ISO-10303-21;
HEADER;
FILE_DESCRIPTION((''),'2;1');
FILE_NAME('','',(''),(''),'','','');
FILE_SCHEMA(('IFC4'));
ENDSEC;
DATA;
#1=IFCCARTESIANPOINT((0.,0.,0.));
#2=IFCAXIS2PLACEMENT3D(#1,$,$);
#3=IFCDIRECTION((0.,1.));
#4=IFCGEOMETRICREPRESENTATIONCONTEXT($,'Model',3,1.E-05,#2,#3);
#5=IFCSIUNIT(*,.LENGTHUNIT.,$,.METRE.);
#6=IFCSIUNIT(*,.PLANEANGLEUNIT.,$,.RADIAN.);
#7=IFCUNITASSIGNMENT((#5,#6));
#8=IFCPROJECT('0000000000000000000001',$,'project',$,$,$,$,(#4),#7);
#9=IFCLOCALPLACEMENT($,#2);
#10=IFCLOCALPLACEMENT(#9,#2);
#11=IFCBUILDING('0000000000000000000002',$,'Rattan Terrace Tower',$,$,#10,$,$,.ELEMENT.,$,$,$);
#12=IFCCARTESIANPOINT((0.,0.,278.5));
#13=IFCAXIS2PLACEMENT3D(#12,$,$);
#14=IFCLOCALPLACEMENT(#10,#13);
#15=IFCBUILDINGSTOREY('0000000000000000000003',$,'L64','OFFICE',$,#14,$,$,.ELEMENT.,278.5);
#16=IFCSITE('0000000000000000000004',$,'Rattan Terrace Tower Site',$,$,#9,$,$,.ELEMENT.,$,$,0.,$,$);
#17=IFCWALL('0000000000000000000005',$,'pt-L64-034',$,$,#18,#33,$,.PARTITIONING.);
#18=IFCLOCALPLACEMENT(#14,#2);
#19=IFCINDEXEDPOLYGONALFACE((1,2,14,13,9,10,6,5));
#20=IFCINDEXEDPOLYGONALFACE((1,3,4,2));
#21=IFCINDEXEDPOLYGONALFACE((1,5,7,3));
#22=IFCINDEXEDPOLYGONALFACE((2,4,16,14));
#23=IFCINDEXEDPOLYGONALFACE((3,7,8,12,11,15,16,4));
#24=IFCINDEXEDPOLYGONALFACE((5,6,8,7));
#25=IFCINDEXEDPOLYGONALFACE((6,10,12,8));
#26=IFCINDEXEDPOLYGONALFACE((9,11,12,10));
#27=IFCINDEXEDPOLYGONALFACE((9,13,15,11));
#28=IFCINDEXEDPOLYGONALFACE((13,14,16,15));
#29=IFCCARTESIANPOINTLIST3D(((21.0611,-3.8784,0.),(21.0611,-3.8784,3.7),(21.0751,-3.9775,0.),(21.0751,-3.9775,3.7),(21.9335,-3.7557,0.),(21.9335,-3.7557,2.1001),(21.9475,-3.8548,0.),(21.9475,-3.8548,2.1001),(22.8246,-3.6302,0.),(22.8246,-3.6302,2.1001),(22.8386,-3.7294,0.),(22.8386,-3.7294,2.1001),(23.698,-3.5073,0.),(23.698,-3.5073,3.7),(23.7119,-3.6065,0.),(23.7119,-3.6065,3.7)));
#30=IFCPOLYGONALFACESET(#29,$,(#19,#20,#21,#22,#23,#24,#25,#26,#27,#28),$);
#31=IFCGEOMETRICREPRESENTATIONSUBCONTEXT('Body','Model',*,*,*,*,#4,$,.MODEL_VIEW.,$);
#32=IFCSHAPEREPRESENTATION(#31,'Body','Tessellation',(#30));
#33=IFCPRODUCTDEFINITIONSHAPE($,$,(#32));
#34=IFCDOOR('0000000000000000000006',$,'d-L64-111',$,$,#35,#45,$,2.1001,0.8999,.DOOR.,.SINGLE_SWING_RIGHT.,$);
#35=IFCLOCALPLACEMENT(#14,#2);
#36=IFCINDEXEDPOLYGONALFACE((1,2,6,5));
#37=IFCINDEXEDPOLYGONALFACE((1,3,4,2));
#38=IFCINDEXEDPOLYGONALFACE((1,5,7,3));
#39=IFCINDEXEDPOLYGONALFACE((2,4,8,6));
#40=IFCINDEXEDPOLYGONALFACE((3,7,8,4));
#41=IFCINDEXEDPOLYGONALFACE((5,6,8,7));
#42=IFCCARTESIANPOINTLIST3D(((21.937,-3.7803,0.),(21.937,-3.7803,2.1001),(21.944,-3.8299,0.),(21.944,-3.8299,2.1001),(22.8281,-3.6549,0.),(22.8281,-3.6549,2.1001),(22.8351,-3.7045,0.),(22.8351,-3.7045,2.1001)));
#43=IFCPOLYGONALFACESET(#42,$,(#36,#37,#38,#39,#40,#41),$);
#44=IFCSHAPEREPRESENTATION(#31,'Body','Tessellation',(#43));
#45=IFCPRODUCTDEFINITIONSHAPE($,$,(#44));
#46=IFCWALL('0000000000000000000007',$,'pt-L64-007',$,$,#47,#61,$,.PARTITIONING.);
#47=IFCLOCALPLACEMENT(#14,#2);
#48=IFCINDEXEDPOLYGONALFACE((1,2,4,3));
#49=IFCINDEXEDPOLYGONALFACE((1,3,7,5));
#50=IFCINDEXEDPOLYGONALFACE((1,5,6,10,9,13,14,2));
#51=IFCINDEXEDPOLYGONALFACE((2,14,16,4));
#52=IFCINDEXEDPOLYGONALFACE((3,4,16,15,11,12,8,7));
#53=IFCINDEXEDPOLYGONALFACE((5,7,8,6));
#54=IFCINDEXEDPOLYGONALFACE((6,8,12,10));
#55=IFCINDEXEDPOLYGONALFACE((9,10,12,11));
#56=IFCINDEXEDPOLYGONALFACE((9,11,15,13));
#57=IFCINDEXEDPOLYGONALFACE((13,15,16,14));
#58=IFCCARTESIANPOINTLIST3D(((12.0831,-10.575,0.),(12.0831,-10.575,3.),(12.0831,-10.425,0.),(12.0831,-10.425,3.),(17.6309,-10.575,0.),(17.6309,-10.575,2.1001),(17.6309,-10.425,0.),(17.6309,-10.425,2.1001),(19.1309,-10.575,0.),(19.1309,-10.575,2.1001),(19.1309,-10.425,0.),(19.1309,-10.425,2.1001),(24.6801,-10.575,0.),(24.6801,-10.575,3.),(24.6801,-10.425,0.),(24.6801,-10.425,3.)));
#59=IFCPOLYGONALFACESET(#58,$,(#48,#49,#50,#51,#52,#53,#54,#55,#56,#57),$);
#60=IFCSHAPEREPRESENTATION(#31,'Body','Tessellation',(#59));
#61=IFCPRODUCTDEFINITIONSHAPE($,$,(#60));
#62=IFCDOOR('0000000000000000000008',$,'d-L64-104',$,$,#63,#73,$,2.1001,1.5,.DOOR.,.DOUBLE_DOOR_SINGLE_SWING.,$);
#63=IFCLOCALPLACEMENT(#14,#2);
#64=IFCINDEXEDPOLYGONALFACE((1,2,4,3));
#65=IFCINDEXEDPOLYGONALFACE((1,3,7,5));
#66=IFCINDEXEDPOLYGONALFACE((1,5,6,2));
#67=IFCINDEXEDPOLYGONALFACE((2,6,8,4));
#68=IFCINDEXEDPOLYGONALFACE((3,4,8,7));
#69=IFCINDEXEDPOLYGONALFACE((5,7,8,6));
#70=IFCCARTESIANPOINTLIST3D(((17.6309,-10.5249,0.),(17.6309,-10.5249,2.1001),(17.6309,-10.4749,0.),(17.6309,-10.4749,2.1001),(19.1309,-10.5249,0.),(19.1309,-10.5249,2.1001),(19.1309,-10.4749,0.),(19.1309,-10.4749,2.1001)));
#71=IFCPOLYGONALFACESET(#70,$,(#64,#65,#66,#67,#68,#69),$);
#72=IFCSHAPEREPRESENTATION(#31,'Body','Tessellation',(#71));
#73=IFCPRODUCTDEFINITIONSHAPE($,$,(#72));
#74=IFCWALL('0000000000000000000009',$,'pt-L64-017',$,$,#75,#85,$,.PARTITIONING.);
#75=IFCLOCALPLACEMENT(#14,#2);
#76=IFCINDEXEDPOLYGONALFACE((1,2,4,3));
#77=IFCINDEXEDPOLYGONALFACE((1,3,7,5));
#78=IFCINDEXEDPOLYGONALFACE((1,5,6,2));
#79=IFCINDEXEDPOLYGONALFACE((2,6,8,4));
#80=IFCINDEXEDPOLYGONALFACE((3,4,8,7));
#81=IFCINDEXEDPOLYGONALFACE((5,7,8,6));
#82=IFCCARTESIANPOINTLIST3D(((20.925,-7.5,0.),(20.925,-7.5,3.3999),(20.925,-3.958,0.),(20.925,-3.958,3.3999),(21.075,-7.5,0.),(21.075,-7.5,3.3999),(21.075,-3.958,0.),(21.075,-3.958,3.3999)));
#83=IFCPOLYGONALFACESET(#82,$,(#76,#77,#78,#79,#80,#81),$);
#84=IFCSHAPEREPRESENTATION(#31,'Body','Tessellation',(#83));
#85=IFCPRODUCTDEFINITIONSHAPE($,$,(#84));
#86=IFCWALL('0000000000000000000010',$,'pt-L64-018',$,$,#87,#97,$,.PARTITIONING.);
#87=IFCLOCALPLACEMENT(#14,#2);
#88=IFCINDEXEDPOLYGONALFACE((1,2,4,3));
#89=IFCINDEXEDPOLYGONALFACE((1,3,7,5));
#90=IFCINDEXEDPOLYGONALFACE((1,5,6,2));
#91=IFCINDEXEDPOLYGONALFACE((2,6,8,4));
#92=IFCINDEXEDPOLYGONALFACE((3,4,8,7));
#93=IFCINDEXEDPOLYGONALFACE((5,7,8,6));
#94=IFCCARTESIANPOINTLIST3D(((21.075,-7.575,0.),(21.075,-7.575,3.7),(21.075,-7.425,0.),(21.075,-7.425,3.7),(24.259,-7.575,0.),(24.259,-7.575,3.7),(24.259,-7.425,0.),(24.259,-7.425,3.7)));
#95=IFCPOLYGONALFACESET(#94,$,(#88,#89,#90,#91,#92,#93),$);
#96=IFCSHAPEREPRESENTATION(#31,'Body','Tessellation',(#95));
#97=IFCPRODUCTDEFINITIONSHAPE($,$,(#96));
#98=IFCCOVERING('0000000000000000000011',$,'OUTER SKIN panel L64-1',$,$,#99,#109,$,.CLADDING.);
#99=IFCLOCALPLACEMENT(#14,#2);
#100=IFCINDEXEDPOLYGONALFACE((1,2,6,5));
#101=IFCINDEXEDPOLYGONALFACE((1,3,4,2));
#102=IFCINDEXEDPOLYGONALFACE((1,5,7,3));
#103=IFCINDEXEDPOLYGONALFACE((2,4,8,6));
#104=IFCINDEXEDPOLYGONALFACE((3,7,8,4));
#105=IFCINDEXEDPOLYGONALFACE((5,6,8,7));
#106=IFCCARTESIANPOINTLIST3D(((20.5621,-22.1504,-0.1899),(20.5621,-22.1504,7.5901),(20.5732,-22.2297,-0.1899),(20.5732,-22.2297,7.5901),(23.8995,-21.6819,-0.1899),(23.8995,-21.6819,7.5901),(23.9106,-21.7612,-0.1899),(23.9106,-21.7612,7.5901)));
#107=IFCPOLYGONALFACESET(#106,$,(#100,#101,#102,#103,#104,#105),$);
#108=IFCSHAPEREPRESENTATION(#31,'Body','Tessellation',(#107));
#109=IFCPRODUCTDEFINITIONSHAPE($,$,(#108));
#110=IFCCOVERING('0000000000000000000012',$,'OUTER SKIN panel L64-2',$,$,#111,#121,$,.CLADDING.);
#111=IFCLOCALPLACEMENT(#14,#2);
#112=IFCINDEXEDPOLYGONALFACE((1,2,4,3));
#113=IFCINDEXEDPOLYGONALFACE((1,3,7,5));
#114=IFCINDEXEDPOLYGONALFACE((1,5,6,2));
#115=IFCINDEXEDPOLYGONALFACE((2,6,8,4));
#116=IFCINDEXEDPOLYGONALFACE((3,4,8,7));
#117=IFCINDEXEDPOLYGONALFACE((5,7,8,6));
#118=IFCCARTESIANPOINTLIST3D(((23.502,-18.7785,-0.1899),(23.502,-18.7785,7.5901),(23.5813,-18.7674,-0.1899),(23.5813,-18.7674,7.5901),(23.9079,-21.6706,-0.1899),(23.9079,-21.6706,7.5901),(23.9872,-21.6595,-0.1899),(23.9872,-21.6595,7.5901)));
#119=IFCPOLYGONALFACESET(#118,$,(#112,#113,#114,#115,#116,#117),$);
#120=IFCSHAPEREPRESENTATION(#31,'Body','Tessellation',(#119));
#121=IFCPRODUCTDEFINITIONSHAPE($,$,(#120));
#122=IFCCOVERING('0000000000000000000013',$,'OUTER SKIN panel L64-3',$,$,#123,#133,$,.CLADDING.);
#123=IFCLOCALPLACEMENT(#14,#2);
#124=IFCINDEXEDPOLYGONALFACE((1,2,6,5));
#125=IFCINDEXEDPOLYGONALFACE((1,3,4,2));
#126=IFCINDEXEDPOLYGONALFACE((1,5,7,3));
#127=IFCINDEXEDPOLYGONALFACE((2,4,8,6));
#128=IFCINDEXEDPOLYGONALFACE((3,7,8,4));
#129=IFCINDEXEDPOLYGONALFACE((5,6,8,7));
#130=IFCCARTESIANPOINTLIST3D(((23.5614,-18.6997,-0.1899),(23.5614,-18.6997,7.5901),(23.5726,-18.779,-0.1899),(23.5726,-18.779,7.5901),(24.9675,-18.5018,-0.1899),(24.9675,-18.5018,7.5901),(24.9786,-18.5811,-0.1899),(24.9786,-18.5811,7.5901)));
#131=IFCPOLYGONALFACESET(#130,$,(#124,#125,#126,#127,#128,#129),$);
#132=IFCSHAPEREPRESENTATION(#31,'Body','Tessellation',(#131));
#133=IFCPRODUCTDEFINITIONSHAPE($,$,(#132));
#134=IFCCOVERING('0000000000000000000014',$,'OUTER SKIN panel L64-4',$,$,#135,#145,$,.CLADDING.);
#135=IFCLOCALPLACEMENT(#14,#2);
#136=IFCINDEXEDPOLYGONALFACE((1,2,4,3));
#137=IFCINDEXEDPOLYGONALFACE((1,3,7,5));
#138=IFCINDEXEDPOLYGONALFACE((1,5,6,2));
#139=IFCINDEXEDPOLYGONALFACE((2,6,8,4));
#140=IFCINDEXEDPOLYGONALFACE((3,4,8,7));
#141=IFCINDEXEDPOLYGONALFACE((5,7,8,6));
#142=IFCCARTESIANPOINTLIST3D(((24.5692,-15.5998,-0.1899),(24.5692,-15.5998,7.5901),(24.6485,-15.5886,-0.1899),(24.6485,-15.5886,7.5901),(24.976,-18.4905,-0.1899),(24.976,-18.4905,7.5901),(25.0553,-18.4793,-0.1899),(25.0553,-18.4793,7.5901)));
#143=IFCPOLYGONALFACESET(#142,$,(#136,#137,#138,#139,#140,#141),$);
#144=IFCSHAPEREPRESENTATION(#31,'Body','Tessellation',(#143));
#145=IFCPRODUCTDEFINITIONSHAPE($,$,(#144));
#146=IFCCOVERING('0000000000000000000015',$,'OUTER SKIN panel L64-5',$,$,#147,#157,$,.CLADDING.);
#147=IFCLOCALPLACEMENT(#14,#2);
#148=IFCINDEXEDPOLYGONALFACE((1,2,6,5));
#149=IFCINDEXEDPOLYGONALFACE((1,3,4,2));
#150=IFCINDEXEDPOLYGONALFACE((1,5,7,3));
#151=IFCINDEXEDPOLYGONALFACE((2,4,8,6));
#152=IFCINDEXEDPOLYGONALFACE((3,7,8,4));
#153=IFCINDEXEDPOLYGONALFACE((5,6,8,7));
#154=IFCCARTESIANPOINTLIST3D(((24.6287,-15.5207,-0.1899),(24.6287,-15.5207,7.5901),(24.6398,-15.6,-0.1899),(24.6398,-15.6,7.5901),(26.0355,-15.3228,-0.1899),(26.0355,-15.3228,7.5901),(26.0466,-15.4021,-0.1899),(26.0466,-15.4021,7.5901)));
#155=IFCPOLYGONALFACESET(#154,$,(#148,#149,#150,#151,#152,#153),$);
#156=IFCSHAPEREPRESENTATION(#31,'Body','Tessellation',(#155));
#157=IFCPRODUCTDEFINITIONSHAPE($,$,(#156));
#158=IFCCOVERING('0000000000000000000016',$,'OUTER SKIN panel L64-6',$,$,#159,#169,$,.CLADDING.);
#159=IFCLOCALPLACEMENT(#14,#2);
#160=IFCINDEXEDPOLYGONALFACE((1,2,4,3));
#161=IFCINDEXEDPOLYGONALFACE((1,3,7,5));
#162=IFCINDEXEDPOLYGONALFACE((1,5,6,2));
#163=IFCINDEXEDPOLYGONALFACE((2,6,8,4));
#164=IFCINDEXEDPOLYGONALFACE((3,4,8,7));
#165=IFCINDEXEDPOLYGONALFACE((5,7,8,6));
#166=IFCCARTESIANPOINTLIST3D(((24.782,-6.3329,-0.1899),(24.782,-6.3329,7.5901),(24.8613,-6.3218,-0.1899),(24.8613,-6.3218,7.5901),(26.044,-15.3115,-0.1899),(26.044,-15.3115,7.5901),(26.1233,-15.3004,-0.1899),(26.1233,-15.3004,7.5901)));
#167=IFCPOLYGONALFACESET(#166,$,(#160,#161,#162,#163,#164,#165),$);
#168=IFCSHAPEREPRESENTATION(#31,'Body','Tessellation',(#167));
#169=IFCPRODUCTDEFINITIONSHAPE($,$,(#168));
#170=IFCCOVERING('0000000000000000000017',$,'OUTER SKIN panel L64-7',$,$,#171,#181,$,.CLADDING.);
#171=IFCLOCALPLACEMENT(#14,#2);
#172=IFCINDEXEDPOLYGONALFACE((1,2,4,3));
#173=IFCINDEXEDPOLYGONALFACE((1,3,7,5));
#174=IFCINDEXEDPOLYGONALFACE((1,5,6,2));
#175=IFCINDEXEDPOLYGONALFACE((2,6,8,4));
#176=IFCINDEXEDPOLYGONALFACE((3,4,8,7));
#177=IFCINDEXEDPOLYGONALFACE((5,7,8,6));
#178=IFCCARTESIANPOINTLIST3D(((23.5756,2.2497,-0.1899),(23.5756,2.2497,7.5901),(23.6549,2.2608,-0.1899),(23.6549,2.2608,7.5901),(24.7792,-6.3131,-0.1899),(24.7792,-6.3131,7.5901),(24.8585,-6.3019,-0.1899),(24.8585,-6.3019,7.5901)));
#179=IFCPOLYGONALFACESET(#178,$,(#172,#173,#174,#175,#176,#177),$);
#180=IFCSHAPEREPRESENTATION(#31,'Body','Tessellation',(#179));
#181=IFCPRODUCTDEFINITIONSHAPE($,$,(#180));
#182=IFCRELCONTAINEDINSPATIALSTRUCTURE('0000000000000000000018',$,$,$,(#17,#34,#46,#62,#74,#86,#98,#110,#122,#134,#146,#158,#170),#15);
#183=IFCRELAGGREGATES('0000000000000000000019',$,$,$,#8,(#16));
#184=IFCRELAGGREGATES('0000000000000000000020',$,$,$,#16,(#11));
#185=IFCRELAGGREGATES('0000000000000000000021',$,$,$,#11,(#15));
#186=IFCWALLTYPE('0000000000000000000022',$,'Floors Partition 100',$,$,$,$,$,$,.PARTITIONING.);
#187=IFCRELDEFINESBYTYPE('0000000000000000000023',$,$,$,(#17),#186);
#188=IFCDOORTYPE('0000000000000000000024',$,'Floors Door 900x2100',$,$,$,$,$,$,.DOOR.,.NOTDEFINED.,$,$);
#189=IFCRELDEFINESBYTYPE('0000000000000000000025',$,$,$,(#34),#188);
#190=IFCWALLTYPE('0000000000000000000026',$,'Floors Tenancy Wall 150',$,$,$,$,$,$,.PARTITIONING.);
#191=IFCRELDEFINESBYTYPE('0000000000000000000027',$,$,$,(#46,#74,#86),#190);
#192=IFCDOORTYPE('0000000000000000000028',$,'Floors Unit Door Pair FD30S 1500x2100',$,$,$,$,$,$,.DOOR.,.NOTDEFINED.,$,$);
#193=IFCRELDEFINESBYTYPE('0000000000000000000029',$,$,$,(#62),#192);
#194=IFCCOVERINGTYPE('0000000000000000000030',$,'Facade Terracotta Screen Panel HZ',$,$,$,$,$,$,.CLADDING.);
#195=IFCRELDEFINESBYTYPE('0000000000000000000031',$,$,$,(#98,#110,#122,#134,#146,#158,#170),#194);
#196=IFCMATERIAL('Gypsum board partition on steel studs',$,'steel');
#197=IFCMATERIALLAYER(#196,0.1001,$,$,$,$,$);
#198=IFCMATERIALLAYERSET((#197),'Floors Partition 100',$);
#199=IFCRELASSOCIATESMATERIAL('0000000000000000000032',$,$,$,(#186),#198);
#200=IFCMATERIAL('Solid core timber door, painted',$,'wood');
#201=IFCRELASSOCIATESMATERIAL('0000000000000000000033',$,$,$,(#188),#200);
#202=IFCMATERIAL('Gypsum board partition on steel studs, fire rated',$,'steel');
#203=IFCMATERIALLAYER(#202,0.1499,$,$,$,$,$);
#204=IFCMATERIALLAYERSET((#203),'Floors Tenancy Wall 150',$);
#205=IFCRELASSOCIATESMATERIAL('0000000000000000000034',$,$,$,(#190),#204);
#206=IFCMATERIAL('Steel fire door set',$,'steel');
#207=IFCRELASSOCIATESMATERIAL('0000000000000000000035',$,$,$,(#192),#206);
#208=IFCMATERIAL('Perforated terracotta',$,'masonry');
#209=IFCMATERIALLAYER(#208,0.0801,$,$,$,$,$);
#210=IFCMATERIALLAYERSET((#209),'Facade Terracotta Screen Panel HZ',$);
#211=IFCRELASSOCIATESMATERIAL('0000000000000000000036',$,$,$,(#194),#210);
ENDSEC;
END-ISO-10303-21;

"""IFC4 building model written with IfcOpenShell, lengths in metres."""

from ifc_helpers import new_model, si_unit, direction, frame, frame_2d, origin, origin_2d, place, context, subcontext, project, spatial, rectangle, extrude, material, layer, layer_set, type_object, element, fill, save


model = new_model("IFC4")

# Units and contexts
model_context = context("Model", 3, precision=1e-05, world=origin(), true_north=direction((0.0, 1.0)))
body_context = subcontext(model_context, "Body", "Model", "MODEL_VIEW")
ifc_project = project(units=[si_unit("LENGTHUNIT", "METRE"), si_unit("PLANEANGLEUNIT", "RADIAN")], contexts=[model_context])

# Site, building, storey
site_placement = place(None, origin())
site = spatial("IfcSite", under=ifc_project, at=site_placement, Name="Rattan Terrace Tower Site", CompositionType="ELEMENT", RefElevation=0.0)
building_placement = place(site_placement, origin())
building = spatial("IfcBuilding", under=site, at=building_placement, Name="Rattan Terrace Tower", CompositionType="ELEMENT")
storey_placement = place(building_placement, frame((0.0, 0.0, 278.5)))
storey = spatial("IfcBuildingStorey", under=building, at=storey_placement, Name="L64", Description="OFFICE", CompositionType="ELEMENT", Elevation=278.5)

# Walls, openings, doors
ifc_material_1 = material(Name="Gypsum board partition on steel studs", Category="steel")
ifc_layer_1 = layer(ifc_material_1, 0.1001)
ifc_layer_set_1 = layer_set([ifc_layer_1], Name="Floors Partition 100")
wall_type_1 = type_object("IfcWallType", Name="Floors Partition 100", PredefinedType="PARTITIONING", material=ifc_layer_set_1)
wall_1_placement = place(storey_placement, frame((23.7051, -3.5569, 0.0), z_axis=(0.0, 0.0, 1.0), x_axis=(-0.990243, -0.139355, 0.0)))
wall_1 = element("IfcWall", 1, at=wall_1_placement, inside=storey, type_object=wall_type_1, Name="pt-L64-034", PredefinedType="PARTITIONING", context=body_context, shape_type="SweptSolid", body=[
    extrude(rectangle(XDim=2.6628, YDim=0.1001, at=frame_2d((1.3315, 0.0))), origin(), (0.0, 0.0, 1.0), 3.7),
])
opening_1_placement = place(wall_1_placement, frame((0.8821, 0.0, 0.0)))
opening_1 = element("IfcOpeningElement", 2, at=opening_1_placement, cuts=wall_1, PredefinedType="OPENING", context=body_context, shape_type="SweptSolid", body=[
    extrude(rectangle(XDim=0.8999, YDim=2.1001, at=frame_2d((0.45, 1.05))), frame((0.0, 0.0605, 0.0), z_axis=(0.0, -1.0, 0.0), x_axis=(1.0, 0.0, 0.0)), (0.0, 0.0, 1.0), 0.1211),
])
ifc_material_2 = material(Name="Solid core timber door, painted", Category="wood")
door_type_1 = type_object("IfcDoorType", Name="Floors Door 900x2100", OperationType="NOTDEFINED", PredefinedType="DOOR", material=ifc_material_2)
door_1_placement = place(opening_1_placement, origin())
door_1 = element("IfcDoor", 3, at=door_1_placement, inside=storey, type_object=door_type_1, Name="d-L64-111", OperationType="SINGLE_SWING_RIGHT", OverallHeight=2.1001, OverallWidth=0.8999, PredefinedType="DOOR", context=body_context, shape_type="SweptSolid", body=[
    extrude(rectangle(XDim=0.8999, YDim=2.1001, at=frame_2d((0.45, 1.05))), frame((0.0, 0.0249, 0.0), z_axis=(0.0, -1.0, 0.0), x_axis=(1.0, 0.0, 0.0)), (0.0, 0.0, 1.0), 0.05),
])
fill(opening_1, door_1)
ifc_material_3 = material(Name="Gypsum board partition on steel studs, fire rated", Category="steel")
ifc_layer_2 = layer(ifc_material_3, 0.1499)
ifc_layer_set_2 = layer_set([ifc_layer_2], Name="Floors Tenancy Wall 150")
wall_type_2 = type_object("IfcWallType", Name="Floors Tenancy Wall 150", PredefinedType="PARTITIONING", material=ifc_layer_set_2)
wall_2_placement = place(storey_placement, frame((24.6799, -10.5, 0.0), z_axis=(0.0, 0.0, 1.0), x_axis=(-1.0, 0.0, 0.0)))
wall_2 = element("IfcWall", 4, at=wall_2_placement, inside=storey, type_object=wall_type_2, Name="pt-L64-007", PredefinedType="PARTITIONING", context=body_context, shape_type="SweptSolid", body=[
    extrude(rectangle(XDim=12.5969, YDim=0.1499, at=frame_2d((6.2983, 0.0))), origin(), (0.0, 0.0, 1.0), 3.0),
])
opening_2_placement = place(wall_2_placement, frame((5.5491, 0.0, 0.0)))
opening_2 = element("IfcOpeningElement", 5, at=opening_2_placement, cuts=wall_2, PredefinedType="OPENING", context=body_context, shape_type="SweptSolid", body=[
    extrude(rectangle(XDim=1.5, YDim=2.1001, at=frame_2d((0.75, 1.05))), frame((0.0, 0.0854, 0.0), z_axis=(0.0, -1.0, 0.0), x_axis=(1.0, 0.0, 0.0)), (0.0, 0.0, 1.0), 0.1709),
])
ifc_material_4 = material(Name="Steel fire door set", Category="steel")
door_type_2 = type_object("IfcDoorType", Name="Floors Unit Door Pair FD30S 1500x2100", OperationType="NOTDEFINED", PredefinedType="DOOR", material=ifc_material_4)
door_2_placement = place(opening_2_placement, origin())
door_2 = element("IfcDoor", 6, at=door_2_placement, inside=storey, type_object=door_type_2, Name="d-L64-104", OperationType="DOUBLE_DOOR_SINGLE_SWING", OverallHeight=2.1001, OverallWidth=1.5, PredefinedType="DOOR", context=body_context, shape_type="SweptSolid", body=[
    extrude(rectangle(XDim=1.5, YDim=2.1001, at=frame_2d((0.75, 1.05))), frame((0.0, 0.0249, 0.0), z_axis=(0.0, -1.0, 0.0), x_axis=(1.0, 0.0, 0.0)), (0.0, 0.0, 1.0), 0.05),
])
fill(opening_2, door_2)

# Walls
wall_3_placement = place(storey_placement, frame((21.0, -3.958, 0.0), z_axis=(0.0, 0.0, 1.0), x_axis=(0.0, -1.0, 0.0)))
element("IfcWall", 7, at=wall_3_placement, inside=storey, type_object=wall_type_2, Name="pt-L64-017", PredefinedType="PARTITIONING", context=body_context, shape_type="SweptSolid", body=[
    extrude(rectangle(XDim=3.542, YDim=0.1499, at=frame_2d((1.771, 0.0))), origin(), (0.0, 0.0, 1.0), 3.3999),
])
wall_4_placement = place(storey_placement, frame((21.075, -7.5, 0.0), z_axis=(0.0, 0.0, 1.0), x_axis=(1.0, 0.0, 0.0)))
element("IfcWall", 8, at=wall_4_placement, inside=storey, type_object=wall_type_2, Name="pt-L64-018", PredefinedType="PARTITIONING", context=body_context, shape_type="SweptSolid", body=[
    extrude(rectangle(XDim=3.1841, YDim=0.1499, at=frame_2d((1.592, 0.0))), origin(), (0.0, 0.0, 1.0), 3.7),
])

# Coverings
ifc_material_5 = material(Name="Perforated terracotta", Category="masonry")
ifc_layer_3 = layer(ifc_material_5, 0.0801)
ifc_layer_set_3 = layer_set([ifc_layer_3], Name="Facade Terracotta Screen Panel HZ")
covering_type = type_object("IfcCoveringType", Name="Facade Terracotta Screen Panel HZ", PredefinedType="CLADDING", material=ifc_layer_set_3)
covering_1_placement = place(storey_placement, frame((22.2363, -21.9558, -0.1899), z_axis=(0.0, 0.0, 1.0), x_axis=(0.990293, 0.138994, 0.0)))
element("IfcCovering", 9, at=covering_1_placement, inside=storey, type_object=covering_type, Name="OUTER SKIN panel L64-1", PredefinedType="CLADDING", context=body_context, shape_type="SweptSolid", body=[
    extrude(rectangle(XDim=3.3701, YDim=0.0801, at=origin_2d()), origin(), (0.0, 0.0, 1.0), 7.78),
])
covering_2_placement = place(storey_placement, frame((23.7446, -20.219, -0.1899), z_axis=(0.0, 0.0, 1.0), x_axis=(-0.138994, 0.990293, 0.0)))
element("IfcCovering", 10, at=covering_2_placement, inside=storey, type_object=covering_type, Name="OUTER SKIN panel L64-2", PredefinedType="CLADDING", context=body_context, shape_type="SweptSolid", body=[
    extrude(rectangle(XDim=2.9204, YDim=0.0801, at=origin_2d()), origin(), (0.0, 0.0, 1.0), 7.78),
])
covering_3_placement = place(storey_placement, frame((24.27, -18.6404, -0.1899), z_axis=(0.0, 0.0, 1.0), x_axis=(0.990241, 0.139367, 0.0)))
element("IfcCovering", 11, at=covering_3_placement, inside=storey, type_object=covering_type, Name="OUTER SKIN panel L64-3", PredefinedType="CLADDING", context=body_context, shape_type="SweptSolid", body=[
    extrude(rectangle(XDim=1.4199, YDim=0.0801, at=origin_2d()), origin(), (0.0, 0.0, 1.0), 7.78),
])
covering_4_placement = place(storey_placement, frame((24.8123, -17.0396, -0.1899), z_axis=(0.0, 0.0, 1.0), x_axis=(-0.139367, 0.990241, 0.0)))
element("IfcCovering", 12, at=covering_4_placement, inside=storey, type_object=covering_type, Name="OUTER SKIN panel L64-4", PredefinedType="CLADDING", context=body_context, shape_type="SweptSolid", body=[
    extrude(rectangle(XDim=2.9192, YDim=0.0801, at=origin_2d()), origin(), (0.0, 0.0, 1.0), 7.78),
])
covering_5_placement = place(storey_placement, frame((25.3376, -15.4614, -0.1899), z_axis=(0.0, 0.0, 1.0), x_axis=(0.990254, 0.139275, 0.0)))
element("IfcCovering", 13, at=covering_5_placement, inside=storey, type_object=covering_type, Name="OUTER SKIN panel L64-5", PredefinedType="CLADDING", context=body_context, shape_type="SweptSolid", body=[
    extrude(rectangle(XDim=1.4207, YDim=0.0801, at=origin_2d()), origin(), (0.0, 0.0, 1.0), 7.78),
])
covering_6_placement = place(storey_placement, frame((25.4526, -10.8167, -0.1899), z_axis=(0.0, 0.0, 1.0), x_axis=(-0.139192, 0.990265, 0.0)))
element("IfcCovering", 14, at=covering_6_placement, inside=storey, type_object=covering_type, Name="OUTER SKIN panel L64-6", PredefinedType="CLADDING", context=body_context, shape_type="SweptSolid", body=[
    extrude(rectangle(XDim=9.0669, YDim=0.0801, at=origin_2d()), origin(), (0.0, 0.0, 1.0), 7.78),
])
covering_7_placement = place(storey_placement, frame((24.217, -2.0261, -0.1899), z_axis=(0.0, 0.0, 1.0), x_axis=(-0.139192, 0.990265, 0.0)))
element("IfcCovering", 15, at=covering_7_placement, inside=storey, type_object=covering_type, Name="OUTER SKIN panel L64-7", PredefinedType="CLADDING", context=body_context, shape_type="SweptSolid", body=[
    extrude(rectangle(XDim=8.647, YDim=0.0801, at=origin_2d()), origin(), (0.0, 0.0, 1.0), 7.78),
])

save(model, "model.ifc")
